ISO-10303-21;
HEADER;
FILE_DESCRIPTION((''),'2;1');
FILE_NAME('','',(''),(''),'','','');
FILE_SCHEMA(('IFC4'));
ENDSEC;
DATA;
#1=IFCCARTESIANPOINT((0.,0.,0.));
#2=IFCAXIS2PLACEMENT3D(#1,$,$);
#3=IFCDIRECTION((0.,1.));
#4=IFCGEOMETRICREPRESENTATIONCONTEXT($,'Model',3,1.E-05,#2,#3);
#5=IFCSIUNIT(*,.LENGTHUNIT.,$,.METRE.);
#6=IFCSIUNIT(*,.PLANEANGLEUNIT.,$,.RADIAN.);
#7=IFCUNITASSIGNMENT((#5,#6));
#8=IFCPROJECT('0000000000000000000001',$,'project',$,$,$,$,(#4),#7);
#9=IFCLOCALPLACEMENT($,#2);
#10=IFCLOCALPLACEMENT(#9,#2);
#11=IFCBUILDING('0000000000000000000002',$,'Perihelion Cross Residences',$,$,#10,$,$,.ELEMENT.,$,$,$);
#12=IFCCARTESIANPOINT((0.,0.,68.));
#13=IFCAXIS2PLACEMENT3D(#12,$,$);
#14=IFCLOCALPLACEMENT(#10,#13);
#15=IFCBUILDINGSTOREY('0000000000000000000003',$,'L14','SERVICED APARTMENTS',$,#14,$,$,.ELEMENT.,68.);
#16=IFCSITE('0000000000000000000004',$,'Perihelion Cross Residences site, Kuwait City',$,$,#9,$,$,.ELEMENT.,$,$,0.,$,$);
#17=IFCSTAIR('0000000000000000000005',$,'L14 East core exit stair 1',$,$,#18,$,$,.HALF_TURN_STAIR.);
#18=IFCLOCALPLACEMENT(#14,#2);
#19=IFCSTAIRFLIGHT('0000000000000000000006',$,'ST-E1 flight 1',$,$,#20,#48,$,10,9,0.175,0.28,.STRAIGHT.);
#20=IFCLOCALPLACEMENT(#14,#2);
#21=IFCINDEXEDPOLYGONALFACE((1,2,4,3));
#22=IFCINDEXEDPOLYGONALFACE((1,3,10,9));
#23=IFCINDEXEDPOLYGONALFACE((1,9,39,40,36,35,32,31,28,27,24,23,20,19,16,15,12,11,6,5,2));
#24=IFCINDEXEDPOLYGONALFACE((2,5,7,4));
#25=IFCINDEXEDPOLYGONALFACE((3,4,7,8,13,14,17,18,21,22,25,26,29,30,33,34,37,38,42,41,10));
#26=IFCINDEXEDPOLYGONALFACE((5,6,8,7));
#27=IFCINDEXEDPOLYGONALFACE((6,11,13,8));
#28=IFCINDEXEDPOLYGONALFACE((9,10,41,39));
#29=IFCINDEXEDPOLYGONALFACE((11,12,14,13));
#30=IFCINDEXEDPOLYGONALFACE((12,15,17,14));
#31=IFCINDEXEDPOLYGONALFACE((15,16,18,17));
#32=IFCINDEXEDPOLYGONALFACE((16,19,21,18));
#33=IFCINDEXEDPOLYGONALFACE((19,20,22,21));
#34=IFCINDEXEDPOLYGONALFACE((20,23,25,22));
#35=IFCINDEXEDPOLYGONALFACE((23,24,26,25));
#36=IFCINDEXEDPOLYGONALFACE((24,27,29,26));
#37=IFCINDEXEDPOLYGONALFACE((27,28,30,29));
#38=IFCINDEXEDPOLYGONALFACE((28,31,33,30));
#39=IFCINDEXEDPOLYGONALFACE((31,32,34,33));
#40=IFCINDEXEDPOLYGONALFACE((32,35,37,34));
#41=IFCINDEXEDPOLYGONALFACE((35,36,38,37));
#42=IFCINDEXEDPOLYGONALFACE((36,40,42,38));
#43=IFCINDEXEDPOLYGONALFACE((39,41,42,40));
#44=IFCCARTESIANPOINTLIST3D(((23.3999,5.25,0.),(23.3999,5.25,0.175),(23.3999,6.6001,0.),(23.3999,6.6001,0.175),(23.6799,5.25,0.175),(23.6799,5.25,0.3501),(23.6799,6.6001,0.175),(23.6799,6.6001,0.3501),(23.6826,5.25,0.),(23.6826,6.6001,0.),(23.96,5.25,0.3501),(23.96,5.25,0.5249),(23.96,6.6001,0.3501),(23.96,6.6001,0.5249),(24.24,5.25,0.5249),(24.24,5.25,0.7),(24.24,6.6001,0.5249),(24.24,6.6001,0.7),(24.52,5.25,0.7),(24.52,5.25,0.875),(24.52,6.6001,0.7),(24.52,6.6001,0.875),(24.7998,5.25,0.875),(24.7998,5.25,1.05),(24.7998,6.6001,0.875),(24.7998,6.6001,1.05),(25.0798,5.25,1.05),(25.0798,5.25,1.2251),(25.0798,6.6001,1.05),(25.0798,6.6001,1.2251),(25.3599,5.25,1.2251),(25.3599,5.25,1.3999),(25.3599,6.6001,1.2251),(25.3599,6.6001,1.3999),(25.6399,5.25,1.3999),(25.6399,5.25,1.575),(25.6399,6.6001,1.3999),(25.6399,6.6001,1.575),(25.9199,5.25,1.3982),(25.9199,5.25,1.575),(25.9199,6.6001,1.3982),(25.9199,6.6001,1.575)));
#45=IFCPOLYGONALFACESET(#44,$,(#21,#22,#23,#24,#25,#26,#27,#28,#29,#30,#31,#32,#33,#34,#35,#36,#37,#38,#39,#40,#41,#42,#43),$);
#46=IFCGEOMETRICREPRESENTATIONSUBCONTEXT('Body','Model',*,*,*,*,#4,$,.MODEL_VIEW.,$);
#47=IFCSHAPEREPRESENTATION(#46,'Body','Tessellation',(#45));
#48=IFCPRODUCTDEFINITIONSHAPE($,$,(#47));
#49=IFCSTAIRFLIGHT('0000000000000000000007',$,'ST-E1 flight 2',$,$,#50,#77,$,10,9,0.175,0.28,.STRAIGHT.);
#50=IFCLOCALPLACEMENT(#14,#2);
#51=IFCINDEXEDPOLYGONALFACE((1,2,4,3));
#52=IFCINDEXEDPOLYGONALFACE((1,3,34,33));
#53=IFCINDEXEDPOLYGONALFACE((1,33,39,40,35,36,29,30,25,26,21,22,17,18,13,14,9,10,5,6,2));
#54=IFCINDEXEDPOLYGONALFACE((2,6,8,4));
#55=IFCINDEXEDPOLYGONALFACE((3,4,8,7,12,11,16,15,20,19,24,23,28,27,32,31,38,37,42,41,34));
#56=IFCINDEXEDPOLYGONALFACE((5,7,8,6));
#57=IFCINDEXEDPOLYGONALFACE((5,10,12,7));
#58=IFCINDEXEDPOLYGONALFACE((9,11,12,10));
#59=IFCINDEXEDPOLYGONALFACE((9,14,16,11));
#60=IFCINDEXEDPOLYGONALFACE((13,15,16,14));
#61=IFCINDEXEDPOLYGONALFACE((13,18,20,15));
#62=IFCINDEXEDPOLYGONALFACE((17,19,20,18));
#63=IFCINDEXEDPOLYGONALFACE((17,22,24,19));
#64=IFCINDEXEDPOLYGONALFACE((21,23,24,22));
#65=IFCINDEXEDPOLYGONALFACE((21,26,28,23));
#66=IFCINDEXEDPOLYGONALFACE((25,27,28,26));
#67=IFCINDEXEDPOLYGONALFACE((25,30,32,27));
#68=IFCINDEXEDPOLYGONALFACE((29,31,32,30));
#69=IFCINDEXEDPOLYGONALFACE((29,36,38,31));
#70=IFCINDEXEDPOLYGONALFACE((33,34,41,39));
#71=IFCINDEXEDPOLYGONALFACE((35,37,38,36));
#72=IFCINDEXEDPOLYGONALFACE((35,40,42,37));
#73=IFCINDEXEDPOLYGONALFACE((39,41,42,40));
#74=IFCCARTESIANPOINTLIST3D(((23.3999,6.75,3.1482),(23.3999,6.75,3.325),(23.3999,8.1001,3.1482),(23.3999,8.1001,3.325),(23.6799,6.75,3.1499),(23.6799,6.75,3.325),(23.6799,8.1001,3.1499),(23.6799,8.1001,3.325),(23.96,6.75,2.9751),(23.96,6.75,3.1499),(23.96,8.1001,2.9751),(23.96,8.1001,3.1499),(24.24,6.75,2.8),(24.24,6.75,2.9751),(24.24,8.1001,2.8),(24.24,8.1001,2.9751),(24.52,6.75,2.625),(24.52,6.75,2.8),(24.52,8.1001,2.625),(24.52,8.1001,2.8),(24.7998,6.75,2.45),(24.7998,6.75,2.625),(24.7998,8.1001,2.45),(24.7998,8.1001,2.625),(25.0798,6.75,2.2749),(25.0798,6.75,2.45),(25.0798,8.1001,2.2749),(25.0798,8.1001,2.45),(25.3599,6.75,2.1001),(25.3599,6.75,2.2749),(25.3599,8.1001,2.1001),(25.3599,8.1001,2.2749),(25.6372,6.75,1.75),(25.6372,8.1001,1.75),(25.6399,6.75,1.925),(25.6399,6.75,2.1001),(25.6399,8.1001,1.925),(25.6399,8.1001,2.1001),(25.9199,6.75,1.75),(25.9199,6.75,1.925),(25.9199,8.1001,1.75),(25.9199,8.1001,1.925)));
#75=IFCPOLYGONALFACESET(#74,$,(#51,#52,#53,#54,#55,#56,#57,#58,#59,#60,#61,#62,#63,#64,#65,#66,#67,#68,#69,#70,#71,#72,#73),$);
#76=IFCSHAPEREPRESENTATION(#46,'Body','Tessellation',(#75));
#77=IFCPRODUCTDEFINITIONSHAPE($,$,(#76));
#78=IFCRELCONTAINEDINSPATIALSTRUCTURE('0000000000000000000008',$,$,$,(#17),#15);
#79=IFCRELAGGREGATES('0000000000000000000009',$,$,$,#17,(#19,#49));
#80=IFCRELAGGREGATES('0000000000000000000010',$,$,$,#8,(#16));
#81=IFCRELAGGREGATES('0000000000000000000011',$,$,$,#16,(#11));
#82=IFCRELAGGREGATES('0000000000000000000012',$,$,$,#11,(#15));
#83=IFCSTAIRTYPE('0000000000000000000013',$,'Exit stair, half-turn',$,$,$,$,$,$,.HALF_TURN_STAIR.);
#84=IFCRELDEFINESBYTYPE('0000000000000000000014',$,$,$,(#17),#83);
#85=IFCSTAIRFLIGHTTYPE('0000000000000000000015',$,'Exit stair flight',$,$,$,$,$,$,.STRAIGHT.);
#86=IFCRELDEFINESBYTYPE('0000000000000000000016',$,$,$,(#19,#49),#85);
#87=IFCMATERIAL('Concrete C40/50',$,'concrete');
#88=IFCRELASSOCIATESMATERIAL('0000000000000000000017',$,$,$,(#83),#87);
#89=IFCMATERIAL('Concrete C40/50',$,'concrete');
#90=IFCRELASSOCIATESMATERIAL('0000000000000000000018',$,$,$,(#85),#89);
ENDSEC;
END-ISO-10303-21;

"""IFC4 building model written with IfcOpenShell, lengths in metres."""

from ifc_helpers import new_model, si_unit, direction, frame, origin, place, context, subcontext, project, spatial, polyline, outline, extrude, material, type_object, element, aggregate, save


model = new_model("IFC4")

# Units and contexts
model_context = context("Model", 3, precision=1e-05, world=origin(), true_north=direction((0.0, 1.0)))
body_context = subcontext(model_context, "Body", "Model", "MODEL_VIEW")
ifc_project = project(units=[si_unit("LENGTHUNIT", "METRE"), si_unit("PLANEANGLEUNIT", "RADIAN")], contexts=[model_context])

# Site, building, storey
site_placement = place(None, origin())
site = spatial("IfcSite", under=ifc_project, at=site_placement, Name="Perihelion Cross Residences site, Kuwait City", CompositionType="ELEMENT", RefElevation=0.0)
building_placement = place(site_placement, origin())
building = spatial("IfcBuilding", under=site, at=building_placement, Name="Perihelion Cross Residences", CompositionType="ELEMENT")
storey_placement = place(building_placement, frame((0.0, 0.0, 68.0)))
storey = spatial("IfcBuildingStorey", under=building, at=storey_placement, Name="L14", Description="SERVICED APARTMENTS", CompositionType="ELEMENT", Elevation=68.0)

# Stair, stair flights
ifc_material_1 = material(Name="Concrete C40/50", Category="concrete")
stair_type = type_object("IfcStairType", Name="Exit stair, half-turn", PredefinedType="HALF_TURN_STAIR", material=ifc_material_1)
stair_placement = place(storey_placement, origin())
stair = element("IfcStair", 1, at=stair_placement, inside=storey, type_object=stair_type, Name="L14 East core exit stair 1", PredefinedType="HALF_TURN_STAIR")
ifc_material_2 = material(Name="Concrete C40/50", Category="concrete")
stair_flight_type = type_object("IfcStairFlightType", Name="Exit stair flight", PredefinedType="STRAIGHT", material=ifc_material_2)
stair_flight_1_placement = place(storey_placement, frame((23.3999, 5.925, 0.0), z_axis=(0.0, 0.0, 1.0), x_axis=(1.0, 0.0, 0.0)))
stair_flight_1 = element("IfcStairFlight", 2, at=stair_flight_1_placement, type_object=stair_flight_type, Name="ST-E1 flight 1", NumberOfRisers=10, NumberOfTreads=9, PredefinedType="STRAIGHT", RiserHeight=0.175, TreadLength=0.28, context=body_context, shape_type="SweptSolid", body=[
    extrude(outline(polyline([(0.0, 0.0), (0.0, 0.175), (0.28, 0.175), (0.28, 0.3501), (0.5601, 0.3501), (0.5601, 0.5249), (0.8401, 0.5249), (0.8401, 0.7), (1.1201, 0.7), (1.1201, 0.875), (1.3999, 0.875), (1.3999, 1.05), (1.6799, 1.05), (1.6799, 1.2251), (1.96, 1.2251), (1.96, 1.3999), (2.24, 1.3999), (2.24, 1.575), (2.52, 1.575), (2.52, 1.75), (2.52, 1.3982), (0.2827, 0.0), (0.0, 0.0)])), frame((0.0, 0.675, 0.0), z_axis=(0.0, -1.0, 0.0), x_axis=(1.0, 0.0, 0.0)), (0.0, 0.0, 1.0), 1.3501),
])
stair_flight_2_placement = place(storey_placement, frame((25.9199, 7.425, 1.75), z_axis=(0.0, 0.0, 1.0), x_axis=(-1.0, 0.0, 0.0)))
stair_flight_2 = element("IfcStairFlight", 3, at=stair_flight_2_placement, type_object=stair_flight_type, Name="ST-E1 flight 2", NumberOfRisers=10, NumberOfTreads=9, PredefinedType="STRAIGHT", RiserHeight=0.175, TreadLength=0.28, context=body_context, shape_type="SweptSolid", body=[
    extrude(outline(polyline([(0.0, 0.0), (0.0, 0.175), (0.28, 0.175), (0.28, 0.3501), (0.5601, 0.3501), (0.5601, 0.5249), (0.8401, 0.5249), (0.8401, 0.7), (1.1201, 0.7), (1.1201, 0.875), (1.3999, 0.875), (1.3999, 1.05), (1.6799, 1.05), (1.6799, 1.2251), (1.96, 1.2251), (1.96, 1.3999), (2.24, 1.3999), (2.24, 1.575), (2.52, 1.575), (2.52, 1.75), (2.52, 1.3982), (0.2827, 0.0), (0.0, 0.0)])), frame((0.0, 0.675, 0.0), z_axis=(0.0, -1.0, 0.0), x_axis=(1.0, 0.0, 0.0)), (0.0, 0.0, 1.0), 1.3501),
])
aggregate(stair, [stair_flight_1, stair_flight_2])

save(model, "model.ifc")
